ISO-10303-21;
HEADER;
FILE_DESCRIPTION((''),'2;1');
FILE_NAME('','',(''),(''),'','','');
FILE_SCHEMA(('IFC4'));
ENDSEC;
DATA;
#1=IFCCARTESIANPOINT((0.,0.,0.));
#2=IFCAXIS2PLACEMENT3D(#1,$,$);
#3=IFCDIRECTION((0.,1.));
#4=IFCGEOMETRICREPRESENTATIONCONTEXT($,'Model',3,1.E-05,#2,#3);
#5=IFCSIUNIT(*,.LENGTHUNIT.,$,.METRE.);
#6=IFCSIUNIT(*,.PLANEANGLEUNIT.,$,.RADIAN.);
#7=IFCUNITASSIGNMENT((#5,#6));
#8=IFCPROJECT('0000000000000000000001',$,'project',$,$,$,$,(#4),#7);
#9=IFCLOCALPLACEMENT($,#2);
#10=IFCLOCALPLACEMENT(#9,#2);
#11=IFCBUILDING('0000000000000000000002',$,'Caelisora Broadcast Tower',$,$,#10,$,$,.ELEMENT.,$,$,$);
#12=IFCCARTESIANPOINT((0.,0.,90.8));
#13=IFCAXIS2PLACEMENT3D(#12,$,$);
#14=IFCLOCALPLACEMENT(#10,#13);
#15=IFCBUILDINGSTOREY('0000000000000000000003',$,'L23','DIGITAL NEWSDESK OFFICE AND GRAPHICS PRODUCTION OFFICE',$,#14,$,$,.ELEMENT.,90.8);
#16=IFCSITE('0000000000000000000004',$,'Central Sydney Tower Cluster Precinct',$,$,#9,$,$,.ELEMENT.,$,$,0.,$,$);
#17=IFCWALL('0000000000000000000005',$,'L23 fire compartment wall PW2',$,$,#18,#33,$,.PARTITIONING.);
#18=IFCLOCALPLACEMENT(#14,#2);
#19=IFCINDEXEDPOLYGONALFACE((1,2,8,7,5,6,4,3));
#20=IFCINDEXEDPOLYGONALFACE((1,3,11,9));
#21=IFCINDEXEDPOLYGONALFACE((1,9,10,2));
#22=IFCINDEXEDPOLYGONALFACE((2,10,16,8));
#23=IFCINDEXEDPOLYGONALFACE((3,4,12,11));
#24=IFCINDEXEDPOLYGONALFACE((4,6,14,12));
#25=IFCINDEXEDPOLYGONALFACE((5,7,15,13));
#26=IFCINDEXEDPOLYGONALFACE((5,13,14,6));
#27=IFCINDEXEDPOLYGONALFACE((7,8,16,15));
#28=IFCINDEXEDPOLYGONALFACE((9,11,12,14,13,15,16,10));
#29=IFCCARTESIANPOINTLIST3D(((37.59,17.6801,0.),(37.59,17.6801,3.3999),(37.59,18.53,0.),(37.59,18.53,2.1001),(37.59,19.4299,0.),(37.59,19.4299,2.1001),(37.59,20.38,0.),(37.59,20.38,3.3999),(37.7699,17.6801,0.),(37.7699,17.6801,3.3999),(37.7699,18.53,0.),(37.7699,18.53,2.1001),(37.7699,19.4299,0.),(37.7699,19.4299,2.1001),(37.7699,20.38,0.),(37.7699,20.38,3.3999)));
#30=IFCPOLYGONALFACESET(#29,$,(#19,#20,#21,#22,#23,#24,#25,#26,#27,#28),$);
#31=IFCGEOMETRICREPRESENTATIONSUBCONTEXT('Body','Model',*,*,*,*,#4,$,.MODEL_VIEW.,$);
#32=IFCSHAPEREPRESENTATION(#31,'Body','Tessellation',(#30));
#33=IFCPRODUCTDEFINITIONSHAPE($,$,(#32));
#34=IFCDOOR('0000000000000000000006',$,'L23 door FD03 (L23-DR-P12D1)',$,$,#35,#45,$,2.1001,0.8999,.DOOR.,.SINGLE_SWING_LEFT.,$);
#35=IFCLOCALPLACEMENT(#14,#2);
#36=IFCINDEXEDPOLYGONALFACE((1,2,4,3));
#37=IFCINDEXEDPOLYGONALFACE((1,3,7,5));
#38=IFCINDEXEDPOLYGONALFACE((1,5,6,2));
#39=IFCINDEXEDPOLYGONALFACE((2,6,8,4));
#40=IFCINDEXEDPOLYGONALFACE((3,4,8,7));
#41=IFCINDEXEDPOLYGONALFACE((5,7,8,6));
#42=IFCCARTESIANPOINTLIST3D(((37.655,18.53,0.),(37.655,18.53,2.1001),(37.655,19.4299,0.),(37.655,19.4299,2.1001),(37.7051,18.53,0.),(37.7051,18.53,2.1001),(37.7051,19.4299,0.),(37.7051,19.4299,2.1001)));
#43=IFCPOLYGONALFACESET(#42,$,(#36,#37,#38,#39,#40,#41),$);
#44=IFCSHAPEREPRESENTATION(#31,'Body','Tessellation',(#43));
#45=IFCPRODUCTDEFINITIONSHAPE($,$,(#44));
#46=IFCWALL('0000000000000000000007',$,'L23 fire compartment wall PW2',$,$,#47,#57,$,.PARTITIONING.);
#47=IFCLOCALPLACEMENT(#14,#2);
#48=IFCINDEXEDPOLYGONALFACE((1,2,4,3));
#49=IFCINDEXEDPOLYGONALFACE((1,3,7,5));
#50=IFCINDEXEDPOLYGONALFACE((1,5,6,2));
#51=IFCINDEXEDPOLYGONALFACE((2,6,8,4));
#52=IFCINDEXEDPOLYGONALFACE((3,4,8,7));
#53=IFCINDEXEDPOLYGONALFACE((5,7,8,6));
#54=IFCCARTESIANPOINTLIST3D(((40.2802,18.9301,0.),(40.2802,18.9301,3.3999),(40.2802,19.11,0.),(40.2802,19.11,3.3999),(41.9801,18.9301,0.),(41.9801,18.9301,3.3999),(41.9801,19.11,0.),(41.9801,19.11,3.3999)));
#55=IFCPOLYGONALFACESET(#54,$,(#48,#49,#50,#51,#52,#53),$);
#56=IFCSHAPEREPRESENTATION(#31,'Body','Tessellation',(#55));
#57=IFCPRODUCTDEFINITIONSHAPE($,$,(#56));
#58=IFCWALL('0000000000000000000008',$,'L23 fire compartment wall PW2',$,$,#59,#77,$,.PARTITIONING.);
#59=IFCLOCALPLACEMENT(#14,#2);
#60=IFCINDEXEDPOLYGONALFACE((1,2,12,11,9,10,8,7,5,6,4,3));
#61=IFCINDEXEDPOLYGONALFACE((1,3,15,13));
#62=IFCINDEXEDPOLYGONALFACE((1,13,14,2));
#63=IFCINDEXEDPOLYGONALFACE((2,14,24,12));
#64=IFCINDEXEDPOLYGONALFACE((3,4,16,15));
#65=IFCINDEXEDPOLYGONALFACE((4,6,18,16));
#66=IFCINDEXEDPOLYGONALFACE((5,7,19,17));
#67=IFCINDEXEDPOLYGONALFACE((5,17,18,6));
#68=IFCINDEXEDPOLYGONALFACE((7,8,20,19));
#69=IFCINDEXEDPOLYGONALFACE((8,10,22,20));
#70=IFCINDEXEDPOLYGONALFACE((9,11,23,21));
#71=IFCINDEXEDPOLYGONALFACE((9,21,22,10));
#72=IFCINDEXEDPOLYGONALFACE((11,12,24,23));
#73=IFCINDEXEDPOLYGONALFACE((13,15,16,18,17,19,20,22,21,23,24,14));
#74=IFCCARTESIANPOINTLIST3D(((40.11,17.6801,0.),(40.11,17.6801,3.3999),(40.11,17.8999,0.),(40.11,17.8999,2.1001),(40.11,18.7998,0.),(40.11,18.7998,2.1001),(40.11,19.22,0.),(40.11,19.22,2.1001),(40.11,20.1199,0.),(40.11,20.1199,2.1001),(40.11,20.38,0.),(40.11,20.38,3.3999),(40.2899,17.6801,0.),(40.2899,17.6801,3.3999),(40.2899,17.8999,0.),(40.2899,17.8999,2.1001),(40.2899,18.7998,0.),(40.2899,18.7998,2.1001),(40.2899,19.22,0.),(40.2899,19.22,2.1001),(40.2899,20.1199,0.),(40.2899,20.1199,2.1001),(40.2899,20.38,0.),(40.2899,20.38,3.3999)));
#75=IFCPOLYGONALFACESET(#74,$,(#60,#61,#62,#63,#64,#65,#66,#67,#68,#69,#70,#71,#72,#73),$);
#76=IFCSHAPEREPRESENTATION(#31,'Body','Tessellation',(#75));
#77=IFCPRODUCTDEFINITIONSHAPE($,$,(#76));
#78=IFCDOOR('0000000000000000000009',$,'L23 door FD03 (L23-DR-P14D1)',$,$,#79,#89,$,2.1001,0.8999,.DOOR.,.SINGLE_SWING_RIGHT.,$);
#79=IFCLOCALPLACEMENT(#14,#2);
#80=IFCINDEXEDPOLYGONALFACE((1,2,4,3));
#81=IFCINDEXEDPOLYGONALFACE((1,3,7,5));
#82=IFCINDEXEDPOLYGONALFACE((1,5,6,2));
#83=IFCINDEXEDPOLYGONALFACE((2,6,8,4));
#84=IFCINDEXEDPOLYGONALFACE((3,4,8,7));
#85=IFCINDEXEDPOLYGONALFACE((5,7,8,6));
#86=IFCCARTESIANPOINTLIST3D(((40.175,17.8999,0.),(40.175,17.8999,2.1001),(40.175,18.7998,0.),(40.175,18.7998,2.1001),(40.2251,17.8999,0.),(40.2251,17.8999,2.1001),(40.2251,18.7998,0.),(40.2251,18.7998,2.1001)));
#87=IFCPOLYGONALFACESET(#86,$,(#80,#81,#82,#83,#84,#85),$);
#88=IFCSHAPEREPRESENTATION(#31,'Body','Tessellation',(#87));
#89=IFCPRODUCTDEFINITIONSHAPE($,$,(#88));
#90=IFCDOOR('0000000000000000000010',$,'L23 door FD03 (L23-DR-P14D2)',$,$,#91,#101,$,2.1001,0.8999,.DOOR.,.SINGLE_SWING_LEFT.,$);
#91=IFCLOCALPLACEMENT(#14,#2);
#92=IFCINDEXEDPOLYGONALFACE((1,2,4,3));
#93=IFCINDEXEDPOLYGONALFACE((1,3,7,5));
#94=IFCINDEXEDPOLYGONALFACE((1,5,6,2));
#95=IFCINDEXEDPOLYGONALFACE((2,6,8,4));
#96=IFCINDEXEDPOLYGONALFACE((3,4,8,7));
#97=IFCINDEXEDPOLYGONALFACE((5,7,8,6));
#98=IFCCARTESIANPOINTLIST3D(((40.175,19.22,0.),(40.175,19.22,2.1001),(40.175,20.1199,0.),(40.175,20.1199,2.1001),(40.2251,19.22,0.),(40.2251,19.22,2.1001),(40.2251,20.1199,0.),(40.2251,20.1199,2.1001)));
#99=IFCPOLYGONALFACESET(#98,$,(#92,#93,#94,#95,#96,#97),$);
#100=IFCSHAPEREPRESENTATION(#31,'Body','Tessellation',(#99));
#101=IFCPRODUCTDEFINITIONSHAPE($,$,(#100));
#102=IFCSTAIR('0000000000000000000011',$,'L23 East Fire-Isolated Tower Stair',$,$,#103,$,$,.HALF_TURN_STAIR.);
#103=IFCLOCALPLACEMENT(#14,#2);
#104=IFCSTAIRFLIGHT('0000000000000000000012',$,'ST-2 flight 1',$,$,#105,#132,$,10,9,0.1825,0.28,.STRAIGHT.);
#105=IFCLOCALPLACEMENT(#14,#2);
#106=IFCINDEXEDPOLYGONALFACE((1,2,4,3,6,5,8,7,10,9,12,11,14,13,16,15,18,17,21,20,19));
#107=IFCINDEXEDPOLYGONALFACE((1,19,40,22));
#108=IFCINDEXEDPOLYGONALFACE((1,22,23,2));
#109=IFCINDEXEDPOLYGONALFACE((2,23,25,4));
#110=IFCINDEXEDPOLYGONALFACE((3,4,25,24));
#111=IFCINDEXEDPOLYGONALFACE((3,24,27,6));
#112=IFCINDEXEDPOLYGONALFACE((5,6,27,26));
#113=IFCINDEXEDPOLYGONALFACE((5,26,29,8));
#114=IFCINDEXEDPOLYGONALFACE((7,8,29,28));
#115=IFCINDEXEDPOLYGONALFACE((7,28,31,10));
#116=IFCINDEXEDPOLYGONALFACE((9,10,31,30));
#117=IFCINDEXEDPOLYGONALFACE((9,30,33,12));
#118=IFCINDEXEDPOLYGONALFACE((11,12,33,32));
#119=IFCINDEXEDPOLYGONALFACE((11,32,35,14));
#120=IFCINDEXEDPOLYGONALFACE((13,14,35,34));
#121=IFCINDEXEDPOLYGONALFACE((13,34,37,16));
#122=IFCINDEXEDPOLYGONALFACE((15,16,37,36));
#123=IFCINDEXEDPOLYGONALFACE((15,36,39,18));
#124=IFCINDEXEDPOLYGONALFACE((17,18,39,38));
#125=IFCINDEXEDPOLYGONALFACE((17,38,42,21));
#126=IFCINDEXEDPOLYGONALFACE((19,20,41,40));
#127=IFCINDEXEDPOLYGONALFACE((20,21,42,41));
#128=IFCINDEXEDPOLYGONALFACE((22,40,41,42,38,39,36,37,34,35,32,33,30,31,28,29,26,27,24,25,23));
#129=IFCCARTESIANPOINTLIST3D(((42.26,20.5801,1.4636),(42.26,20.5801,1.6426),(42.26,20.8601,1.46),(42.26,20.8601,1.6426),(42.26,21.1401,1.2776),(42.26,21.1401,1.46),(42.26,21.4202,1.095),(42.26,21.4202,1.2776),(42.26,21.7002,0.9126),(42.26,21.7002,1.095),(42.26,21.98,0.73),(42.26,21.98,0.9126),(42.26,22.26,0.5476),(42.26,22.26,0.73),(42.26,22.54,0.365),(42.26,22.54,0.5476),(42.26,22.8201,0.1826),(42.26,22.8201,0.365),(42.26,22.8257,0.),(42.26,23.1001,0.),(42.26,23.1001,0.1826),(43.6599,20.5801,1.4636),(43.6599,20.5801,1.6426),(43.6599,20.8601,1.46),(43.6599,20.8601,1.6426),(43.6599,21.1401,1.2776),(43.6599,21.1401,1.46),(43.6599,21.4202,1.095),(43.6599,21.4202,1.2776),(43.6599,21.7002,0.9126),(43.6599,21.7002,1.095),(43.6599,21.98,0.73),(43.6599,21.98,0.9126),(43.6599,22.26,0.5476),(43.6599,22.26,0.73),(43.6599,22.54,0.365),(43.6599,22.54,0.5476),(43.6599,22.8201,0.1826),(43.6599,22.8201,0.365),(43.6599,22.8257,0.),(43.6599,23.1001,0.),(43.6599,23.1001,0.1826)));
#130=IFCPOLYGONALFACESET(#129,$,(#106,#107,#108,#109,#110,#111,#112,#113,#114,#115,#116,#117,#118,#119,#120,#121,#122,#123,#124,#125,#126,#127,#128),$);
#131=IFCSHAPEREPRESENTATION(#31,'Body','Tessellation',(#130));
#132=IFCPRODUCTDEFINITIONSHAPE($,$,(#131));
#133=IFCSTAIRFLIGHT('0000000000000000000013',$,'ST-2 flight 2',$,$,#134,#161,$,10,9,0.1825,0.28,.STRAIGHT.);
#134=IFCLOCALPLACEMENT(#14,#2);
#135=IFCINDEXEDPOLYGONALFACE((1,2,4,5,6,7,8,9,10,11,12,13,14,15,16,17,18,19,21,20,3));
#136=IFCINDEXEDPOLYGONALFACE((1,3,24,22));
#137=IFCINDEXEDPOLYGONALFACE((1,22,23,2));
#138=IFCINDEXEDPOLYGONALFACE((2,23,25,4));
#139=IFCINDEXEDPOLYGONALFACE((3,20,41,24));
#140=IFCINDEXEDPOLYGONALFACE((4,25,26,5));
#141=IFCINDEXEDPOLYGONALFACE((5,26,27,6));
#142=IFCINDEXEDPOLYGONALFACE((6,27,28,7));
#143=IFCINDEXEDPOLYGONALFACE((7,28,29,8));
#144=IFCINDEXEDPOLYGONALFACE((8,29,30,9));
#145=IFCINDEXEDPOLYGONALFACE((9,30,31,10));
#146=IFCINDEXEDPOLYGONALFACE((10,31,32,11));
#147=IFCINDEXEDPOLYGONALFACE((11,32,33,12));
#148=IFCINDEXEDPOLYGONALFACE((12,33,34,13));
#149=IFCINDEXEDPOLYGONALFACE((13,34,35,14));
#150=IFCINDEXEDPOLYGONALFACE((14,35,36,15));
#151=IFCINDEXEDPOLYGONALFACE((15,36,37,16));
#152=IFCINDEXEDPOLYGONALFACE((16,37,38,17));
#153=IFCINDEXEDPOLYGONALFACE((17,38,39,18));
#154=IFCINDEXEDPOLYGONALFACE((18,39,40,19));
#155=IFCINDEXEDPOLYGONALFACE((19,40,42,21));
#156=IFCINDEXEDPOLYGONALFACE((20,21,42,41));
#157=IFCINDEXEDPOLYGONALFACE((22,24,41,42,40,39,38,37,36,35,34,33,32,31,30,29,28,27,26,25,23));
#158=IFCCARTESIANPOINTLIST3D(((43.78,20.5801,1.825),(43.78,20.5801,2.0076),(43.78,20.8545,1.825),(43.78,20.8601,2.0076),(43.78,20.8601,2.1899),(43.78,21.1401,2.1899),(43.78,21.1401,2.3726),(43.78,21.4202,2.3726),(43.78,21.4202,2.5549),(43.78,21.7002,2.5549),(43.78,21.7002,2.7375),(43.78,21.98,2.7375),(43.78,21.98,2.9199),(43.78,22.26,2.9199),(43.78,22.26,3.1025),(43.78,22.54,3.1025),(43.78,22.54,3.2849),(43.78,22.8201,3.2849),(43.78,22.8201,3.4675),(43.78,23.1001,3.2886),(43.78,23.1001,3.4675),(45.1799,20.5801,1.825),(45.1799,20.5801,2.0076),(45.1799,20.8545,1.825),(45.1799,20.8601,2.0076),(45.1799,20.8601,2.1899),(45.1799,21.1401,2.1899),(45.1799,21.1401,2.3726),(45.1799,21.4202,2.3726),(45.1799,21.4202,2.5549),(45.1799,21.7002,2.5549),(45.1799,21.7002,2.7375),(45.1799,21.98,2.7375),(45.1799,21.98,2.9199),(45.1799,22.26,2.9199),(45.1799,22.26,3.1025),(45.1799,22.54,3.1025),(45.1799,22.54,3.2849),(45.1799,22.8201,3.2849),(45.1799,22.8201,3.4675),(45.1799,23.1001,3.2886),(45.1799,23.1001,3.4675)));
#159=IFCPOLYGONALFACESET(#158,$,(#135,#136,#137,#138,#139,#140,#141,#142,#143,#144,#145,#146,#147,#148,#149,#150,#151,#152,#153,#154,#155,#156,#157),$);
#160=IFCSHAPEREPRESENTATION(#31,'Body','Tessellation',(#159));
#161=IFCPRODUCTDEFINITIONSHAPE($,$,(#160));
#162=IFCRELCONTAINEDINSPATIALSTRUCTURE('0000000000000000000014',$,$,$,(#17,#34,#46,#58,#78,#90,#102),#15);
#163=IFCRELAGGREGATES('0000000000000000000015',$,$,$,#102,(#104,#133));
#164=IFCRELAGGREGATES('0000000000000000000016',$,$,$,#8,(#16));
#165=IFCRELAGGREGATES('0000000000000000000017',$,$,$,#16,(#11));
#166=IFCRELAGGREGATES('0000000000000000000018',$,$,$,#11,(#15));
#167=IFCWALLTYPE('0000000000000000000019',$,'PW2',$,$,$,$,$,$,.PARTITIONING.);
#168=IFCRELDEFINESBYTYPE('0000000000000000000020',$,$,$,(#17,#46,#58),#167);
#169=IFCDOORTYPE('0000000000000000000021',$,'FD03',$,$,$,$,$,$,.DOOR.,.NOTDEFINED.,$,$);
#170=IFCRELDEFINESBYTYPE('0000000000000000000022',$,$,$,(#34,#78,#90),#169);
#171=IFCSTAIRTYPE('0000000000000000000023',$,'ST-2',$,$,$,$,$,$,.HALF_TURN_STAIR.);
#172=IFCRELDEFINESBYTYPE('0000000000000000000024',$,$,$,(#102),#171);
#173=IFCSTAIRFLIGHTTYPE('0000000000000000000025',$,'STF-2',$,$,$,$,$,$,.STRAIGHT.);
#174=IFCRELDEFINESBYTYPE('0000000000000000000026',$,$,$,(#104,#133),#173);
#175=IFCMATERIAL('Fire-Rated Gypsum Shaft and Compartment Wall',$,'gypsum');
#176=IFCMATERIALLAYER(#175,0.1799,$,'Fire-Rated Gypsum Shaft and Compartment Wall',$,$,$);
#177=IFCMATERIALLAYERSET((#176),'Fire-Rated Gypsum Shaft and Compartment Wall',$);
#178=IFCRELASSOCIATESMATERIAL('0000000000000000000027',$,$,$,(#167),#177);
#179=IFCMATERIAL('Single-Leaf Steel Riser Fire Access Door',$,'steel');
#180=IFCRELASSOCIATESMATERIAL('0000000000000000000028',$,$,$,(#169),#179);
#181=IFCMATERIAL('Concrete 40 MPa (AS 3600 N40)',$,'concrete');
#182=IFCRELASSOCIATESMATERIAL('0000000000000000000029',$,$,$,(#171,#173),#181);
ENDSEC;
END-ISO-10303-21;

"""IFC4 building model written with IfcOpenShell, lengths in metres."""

from ifc_helpers import new_model, si_unit, direction, frame, frame_2d, origin, place, context, subcontext, project, spatial, polyline, rectangle, outline, extrude, material, layer, layer_set, type_object, element, fill, aggregate, save


model = new_model("IFC4")

# Units and contexts
model_context = context("Model", 3, precision=1e-05, world=origin(), true_north=direction((0.0, 1.0)))
body_context = subcontext(model_context, "Body", "Model", "MODEL_VIEW")
ifc_project = project(units=[si_unit("LENGTHUNIT", "METRE"), si_unit("PLANEANGLEUNIT", "RADIAN")], contexts=[model_context])

# Site, building, storey
site_placement = place(None, origin())
site = spatial("IfcSite", under=ifc_project, at=site_placement, Name="Central Sydney Tower Cluster Precinct", CompositionType="ELEMENT", RefElevation=0.0)
building_placement = place(site_placement, origin())
building = spatial("IfcBuilding", under=site, at=building_placement, Name="Caelisora Broadcast Tower", CompositionType="ELEMENT")
storey_placement = place(building_placement, frame((0.0, 0.0, 90.8)))
storey = spatial("IfcBuildingStorey", under=building, at=storey_placement, Name="L23", Description="DIGITAL NEWSDESK OFFICE AND GRAPHICS PRODUCTION OFFICE", CompositionType="ELEMENT", Elevation=90.8)

# Shared definitions
ifc_material_1 = material(Name="Fire-Rated Gypsum Shaft and Compartment Wall", Category="gypsum")
ifc_layer_1 = layer(ifc_material_1, 0.1799, Name="Fire-Rated Gypsum Shaft and Compartment Wall")
ifc_layer_set_1 = layer_set([ifc_layer_1], Name="Fire-Rated Gypsum Shaft and Compartment Wall")
wall_type_1 = type_object("IfcWallType", Name="PW2", PredefinedType="PARTITIONING", material=ifc_layer_set_1)

# Wall, opening, door
wall_1_placement = place(storey_placement, frame((37.6799, 17.6799, 0.0), z_axis=(0.0, 0.0, 1.0), x_axis=(0.0, 1.0, 0.0)))
wall_1 = element("IfcWall", 1, at=wall_1_placement, inside=storey, type_object=wall_type_1, Name="L23 fire compartment wall PW2", PredefinedType="PARTITIONING", context=body_context, shape_type="SweptSolid", body=[
    extrude(rectangle(XDim=2.7, YDim=0.1799, at=frame_2d((1.3501, 0.0))), origin(), (0.0, 0.0, 1.0), 3.3999),
])
opening_1_placement = place(wall_1_placement, frame((0.8501, 0.0, 0.0)))
opening_1 = element("IfcOpeningElement", 2, at=opening_1_placement, cuts=wall_1, PredefinedType="OPENING", context=body_context, shape_type="SweptSolid", body=[
    extrude(rectangle(XDim=0.8999, YDim=2.1001, at=frame_2d((0.45, 1.05))), frame((0.0, 0.1021, 0.0), z_axis=(0.0, -1.0, 0.0), x_axis=(1.0, 0.0, 0.0)), (0.0, 0.0, 1.0), 0.2039),
])
ifc_material_2 = material(Name="Single-Leaf Steel Riser Fire Access Door", Category="steel")
door_type_1 = type_object("IfcDoorType", Name="FD03", OperationType="NOTDEFINED", PredefinedType="DOOR", material=ifc_material_2)
door_1_placement = place(opening_1_placement, origin())
door_1 = element("IfcDoor", 3, at=door_1_placement, inside=storey, type_object=door_type_1, Name="L23 door FD03 (L23-DR-P12D1)", OperationType="SINGLE_SWING_LEFT", OverallHeight=2.1001, OverallWidth=0.8999, PredefinedType="DOOR", context=body_context, shape_type="SweptSolid", body=[
    extrude(rectangle(XDim=0.8999, YDim=2.1001, at=frame_2d((0.45, 1.05))), frame((0.0, 0.0249, 0.0), z_axis=(0.0, -1.0, 0.0), x_axis=(1.0, 0.0, 0.0)), (0.0, 0.0, 1.0), 0.05),
])
fill(opening_1, door_1)

# Wall
wall_2_placement = place(storey_placement, frame((40.28, 19.02, 0.0), z_axis=(0.0, 0.0, 1.0), x_axis=(1.0, 0.0, 0.0)))
element("IfcWall", 4, at=wall_2_placement, inside=storey, type_object=wall_type_1, Name="L23 fire compartment wall PW2", PredefinedType="PARTITIONING", context=body_context, shape_type="SweptSolid", body=[
    extrude(rectangle(XDim=1.7, YDim=0.1799, at=frame_2d((0.8501, 0.0))), origin(), (0.0, 0.0, 1.0), 3.3999),
])

# Wall, openings, doors
wall_3_placement = place(storey_placement, frame((40.2, 17.6799, 0.0), z_axis=(0.0, 0.0, 1.0), x_axis=(0.0, 1.0, 0.0)))
wall_3 = element("IfcWall", 5, at=wall_3_placement, inside=storey, type_object=wall_type_1, Name="L23 fire compartment wall PW2", PredefinedType="PARTITIONING", context=body_context, shape_type="SweptSolid", body=[
    extrude(rectangle(XDim=2.7, YDim=0.1799, at=frame_2d((1.3501, 0.0))), origin(), (0.0, 0.0, 1.0), 3.3999),
])
opening_2_placement = place(wall_3_placement, frame((0.22, 0.0, 0.0)))
opening_2 = element("IfcOpeningElement", 6, at=opening_2_placement, cuts=wall_3, PredefinedType="OPENING", context=body_context, shape_type="SweptSolid", body=[
    extrude(rectangle(XDim=0.8999, YDim=2.1001, at=frame_2d((0.45, 1.05))), frame((0.0, 0.1021, 0.0), z_axis=(0.0, -1.0, 0.0), x_axis=(1.0, 0.0, 0.0)), (0.0, 0.0, 1.0), 0.2039),
])
opening_3_placement = place(wall_3_placement, frame((1.54, 0.0, 0.0)))
opening_3 = element("IfcOpeningElement", 7, at=opening_3_placement, cuts=wall_3, PredefinedType="OPENING", context=body_context, shape_type="SweptSolid", body=[
    extrude(rectangle(XDim=0.8999, YDim=2.1001, at=frame_2d((0.45, 1.05))), frame((0.0, 0.1021, 0.0), z_axis=(0.0, -1.0, 0.0), x_axis=(1.0, 0.0, 0.0)), (0.0, 0.0, 1.0), 0.2039),
])
door_2_placement = place(opening_2_placement, origin())
door_2 = element("IfcDoor", 8, at=door_2_placement, inside=storey, type_object=door_type_1, Name="L23 door FD03 (L23-DR-P14D1)", OperationType="SINGLE_SWING_RIGHT", OverallHeight=2.1001, OverallWidth=0.8999, PredefinedType="DOOR", context=body_context, shape_type="SweptSolid", body=[
    extrude(rectangle(XDim=0.8999, YDim=2.1001, at=frame_2d((0.45, 1.05))), frame((0.0, 0.0249, 0.0), z_axis=(0.0, -1.0, 0.0), x_axis=(1.0, 0.0, 0.0)), (0.0, 0.0, 1.0), 0.05),
])
fill(opening_2, door_2)
door_3_placement = place(opening_3_placement, origin())
door_3 = element("IfcDoor", 9, at=door_3_placement, inside=storey, type_object=door_type_1, Name="L23 door FD03 (L23-DR-P14D2)", OperationType="SINGLE_SWING_LEFT", OverallHeight=2.1001, OverallWidth=0.8999, PredefinedType="DOOR", context=body_context, shape_type="SweptSolid", body=[
    extrude(rectangle(XDim=0.8999, YDim=2.1001, at=frame_2d((0.45, 1.05))), frame((0.0, 0.0249, 0.0), z_axis=(0.0, -1.0, 0.0), x_axis=(1.0, 0.0, 0.0)), (0.0, 0.0, 1.0), 0.05),
])
fill(opening_3, door_3)

# Stair, stair flights
ifc_material_3 = material(Name="Concrete 40 MPa (AS 3600 N40)", Category="concrete")
stair_type = type_object("IfcStairType", Name="ST-2", PredefinedType="HALF_TURN_STAIR", material=ifc_material_3)
stair_placement = place(storey_placement, origin())
stair = element("IfcStair", 10, at=stair_placement, inside=storey, type_object=stair_type, Name="L23 East Fire-Isolated Tower Stair", PredefinedType="HALF_TURN_STAIR")
stair_flight_type = type_object("IfcStairFlightType", Name="STF-2", PredefinedType="STRAIGHT", material=ifc_material_3)
stair_flight_1_placement = place(storey_placement, frame((42.96, 23.1001, 0.0), z_axis=(0.0, 0.0, 1.0), x_axis=(0.0, -1.0, 0.0)))
stair_flight_1 = element("IfcStairFlight", 11, at=stair_flight_1_placement, type_object=stair_flight_type, Name="ST-2 flight 1", NumberOfRisers=10, NumberOfTreads=9, PredefinedType="STRAIGHT", RiserHeight=0.1825, TreadLength=0.28, context=body_context, shape_type="SweptSolid", body=[
    extrude(outline(polyline([(0.0, 0.0), (0.0, 0.1826), (0.28, 0.1826), (0.28, 0.365), (0.5601, 0.365), (0.5601, 0.5476), (0.8401, 0.5476), (0.8401, 0.73), (1.1201, 0.73), (1.1201, 0.9126), (1.3999, 0.9126), (1.3999, 1.095), (1.6799, 1.095), (1.6799, 1.2776), (1.96, 1.2776), (1.96, 1.46), (2.24, 1.46), (2.24, 1.6426), (2.52, 1.6426), (2.52, 1.825), (2.52, 1.4636), (0.2744, 0.0), (0.0, 0.0)])), frame((0.0, 0.7, 0.0), z_axis=(0.0, -1.0, 0.0), x_axis=(1.0, 0.0, 0.0)), (0.0, 0.0, 1.0), 1.3999),
])
stair_flight_2_placement = place(storey_placement, frame((44.48, 20.5801, 1.825), z_axis=(0.0, 0.0, 1.0), x_axis=(0.0, 1.0, 0.0)))
stair_flight_2 = element("IfcStairFlight", 12, at=stair_flight_2_placement, type_object=stair_flight_type, Name="ST-2 flight 2", NumberOfRisers=10, NumberOfTreads=9, PredefinedType="STRAIGHT", RiserHeight=0.1825, TreadLength=0.28, context=body_context, shape_type="SweptSolid", body=[
    extrude(outline(polyline([(0.0, 0.0), (0.0, 0.1826), (0.28, 0.1826), (0.28, 0.365), (0.5601, 0.365), (0.5601, 0.5476), (0.8401, 0.5476), (0.8401, 0.73), (1.1201, 0.73), (1.1201, 0.9126), (1.3999, 0.9126), (1.3999, 1.095), (1.6799, 1.095), (1.6799, 1.2776), (1.96, 1.2776), (1.96, 1.46), (2.24, 1.46), (2.24, 1.6426), (2.52, 1.6426), (2.52, 1.825), (2.52, 1.4636), (0.2744, 0.0), (0.0, 0.0)])), frame((0.0, 0.7, 0.0), z_axis=(0.0, -1.0, 0.0), x_axis=(1.0, 0.0, 0.0)), (0.0, 0.0, 1.0), 1.3999),
])
aggregate(stair, [stair_flight_1, stair_flight_2])

save(model, "model.ifc")
